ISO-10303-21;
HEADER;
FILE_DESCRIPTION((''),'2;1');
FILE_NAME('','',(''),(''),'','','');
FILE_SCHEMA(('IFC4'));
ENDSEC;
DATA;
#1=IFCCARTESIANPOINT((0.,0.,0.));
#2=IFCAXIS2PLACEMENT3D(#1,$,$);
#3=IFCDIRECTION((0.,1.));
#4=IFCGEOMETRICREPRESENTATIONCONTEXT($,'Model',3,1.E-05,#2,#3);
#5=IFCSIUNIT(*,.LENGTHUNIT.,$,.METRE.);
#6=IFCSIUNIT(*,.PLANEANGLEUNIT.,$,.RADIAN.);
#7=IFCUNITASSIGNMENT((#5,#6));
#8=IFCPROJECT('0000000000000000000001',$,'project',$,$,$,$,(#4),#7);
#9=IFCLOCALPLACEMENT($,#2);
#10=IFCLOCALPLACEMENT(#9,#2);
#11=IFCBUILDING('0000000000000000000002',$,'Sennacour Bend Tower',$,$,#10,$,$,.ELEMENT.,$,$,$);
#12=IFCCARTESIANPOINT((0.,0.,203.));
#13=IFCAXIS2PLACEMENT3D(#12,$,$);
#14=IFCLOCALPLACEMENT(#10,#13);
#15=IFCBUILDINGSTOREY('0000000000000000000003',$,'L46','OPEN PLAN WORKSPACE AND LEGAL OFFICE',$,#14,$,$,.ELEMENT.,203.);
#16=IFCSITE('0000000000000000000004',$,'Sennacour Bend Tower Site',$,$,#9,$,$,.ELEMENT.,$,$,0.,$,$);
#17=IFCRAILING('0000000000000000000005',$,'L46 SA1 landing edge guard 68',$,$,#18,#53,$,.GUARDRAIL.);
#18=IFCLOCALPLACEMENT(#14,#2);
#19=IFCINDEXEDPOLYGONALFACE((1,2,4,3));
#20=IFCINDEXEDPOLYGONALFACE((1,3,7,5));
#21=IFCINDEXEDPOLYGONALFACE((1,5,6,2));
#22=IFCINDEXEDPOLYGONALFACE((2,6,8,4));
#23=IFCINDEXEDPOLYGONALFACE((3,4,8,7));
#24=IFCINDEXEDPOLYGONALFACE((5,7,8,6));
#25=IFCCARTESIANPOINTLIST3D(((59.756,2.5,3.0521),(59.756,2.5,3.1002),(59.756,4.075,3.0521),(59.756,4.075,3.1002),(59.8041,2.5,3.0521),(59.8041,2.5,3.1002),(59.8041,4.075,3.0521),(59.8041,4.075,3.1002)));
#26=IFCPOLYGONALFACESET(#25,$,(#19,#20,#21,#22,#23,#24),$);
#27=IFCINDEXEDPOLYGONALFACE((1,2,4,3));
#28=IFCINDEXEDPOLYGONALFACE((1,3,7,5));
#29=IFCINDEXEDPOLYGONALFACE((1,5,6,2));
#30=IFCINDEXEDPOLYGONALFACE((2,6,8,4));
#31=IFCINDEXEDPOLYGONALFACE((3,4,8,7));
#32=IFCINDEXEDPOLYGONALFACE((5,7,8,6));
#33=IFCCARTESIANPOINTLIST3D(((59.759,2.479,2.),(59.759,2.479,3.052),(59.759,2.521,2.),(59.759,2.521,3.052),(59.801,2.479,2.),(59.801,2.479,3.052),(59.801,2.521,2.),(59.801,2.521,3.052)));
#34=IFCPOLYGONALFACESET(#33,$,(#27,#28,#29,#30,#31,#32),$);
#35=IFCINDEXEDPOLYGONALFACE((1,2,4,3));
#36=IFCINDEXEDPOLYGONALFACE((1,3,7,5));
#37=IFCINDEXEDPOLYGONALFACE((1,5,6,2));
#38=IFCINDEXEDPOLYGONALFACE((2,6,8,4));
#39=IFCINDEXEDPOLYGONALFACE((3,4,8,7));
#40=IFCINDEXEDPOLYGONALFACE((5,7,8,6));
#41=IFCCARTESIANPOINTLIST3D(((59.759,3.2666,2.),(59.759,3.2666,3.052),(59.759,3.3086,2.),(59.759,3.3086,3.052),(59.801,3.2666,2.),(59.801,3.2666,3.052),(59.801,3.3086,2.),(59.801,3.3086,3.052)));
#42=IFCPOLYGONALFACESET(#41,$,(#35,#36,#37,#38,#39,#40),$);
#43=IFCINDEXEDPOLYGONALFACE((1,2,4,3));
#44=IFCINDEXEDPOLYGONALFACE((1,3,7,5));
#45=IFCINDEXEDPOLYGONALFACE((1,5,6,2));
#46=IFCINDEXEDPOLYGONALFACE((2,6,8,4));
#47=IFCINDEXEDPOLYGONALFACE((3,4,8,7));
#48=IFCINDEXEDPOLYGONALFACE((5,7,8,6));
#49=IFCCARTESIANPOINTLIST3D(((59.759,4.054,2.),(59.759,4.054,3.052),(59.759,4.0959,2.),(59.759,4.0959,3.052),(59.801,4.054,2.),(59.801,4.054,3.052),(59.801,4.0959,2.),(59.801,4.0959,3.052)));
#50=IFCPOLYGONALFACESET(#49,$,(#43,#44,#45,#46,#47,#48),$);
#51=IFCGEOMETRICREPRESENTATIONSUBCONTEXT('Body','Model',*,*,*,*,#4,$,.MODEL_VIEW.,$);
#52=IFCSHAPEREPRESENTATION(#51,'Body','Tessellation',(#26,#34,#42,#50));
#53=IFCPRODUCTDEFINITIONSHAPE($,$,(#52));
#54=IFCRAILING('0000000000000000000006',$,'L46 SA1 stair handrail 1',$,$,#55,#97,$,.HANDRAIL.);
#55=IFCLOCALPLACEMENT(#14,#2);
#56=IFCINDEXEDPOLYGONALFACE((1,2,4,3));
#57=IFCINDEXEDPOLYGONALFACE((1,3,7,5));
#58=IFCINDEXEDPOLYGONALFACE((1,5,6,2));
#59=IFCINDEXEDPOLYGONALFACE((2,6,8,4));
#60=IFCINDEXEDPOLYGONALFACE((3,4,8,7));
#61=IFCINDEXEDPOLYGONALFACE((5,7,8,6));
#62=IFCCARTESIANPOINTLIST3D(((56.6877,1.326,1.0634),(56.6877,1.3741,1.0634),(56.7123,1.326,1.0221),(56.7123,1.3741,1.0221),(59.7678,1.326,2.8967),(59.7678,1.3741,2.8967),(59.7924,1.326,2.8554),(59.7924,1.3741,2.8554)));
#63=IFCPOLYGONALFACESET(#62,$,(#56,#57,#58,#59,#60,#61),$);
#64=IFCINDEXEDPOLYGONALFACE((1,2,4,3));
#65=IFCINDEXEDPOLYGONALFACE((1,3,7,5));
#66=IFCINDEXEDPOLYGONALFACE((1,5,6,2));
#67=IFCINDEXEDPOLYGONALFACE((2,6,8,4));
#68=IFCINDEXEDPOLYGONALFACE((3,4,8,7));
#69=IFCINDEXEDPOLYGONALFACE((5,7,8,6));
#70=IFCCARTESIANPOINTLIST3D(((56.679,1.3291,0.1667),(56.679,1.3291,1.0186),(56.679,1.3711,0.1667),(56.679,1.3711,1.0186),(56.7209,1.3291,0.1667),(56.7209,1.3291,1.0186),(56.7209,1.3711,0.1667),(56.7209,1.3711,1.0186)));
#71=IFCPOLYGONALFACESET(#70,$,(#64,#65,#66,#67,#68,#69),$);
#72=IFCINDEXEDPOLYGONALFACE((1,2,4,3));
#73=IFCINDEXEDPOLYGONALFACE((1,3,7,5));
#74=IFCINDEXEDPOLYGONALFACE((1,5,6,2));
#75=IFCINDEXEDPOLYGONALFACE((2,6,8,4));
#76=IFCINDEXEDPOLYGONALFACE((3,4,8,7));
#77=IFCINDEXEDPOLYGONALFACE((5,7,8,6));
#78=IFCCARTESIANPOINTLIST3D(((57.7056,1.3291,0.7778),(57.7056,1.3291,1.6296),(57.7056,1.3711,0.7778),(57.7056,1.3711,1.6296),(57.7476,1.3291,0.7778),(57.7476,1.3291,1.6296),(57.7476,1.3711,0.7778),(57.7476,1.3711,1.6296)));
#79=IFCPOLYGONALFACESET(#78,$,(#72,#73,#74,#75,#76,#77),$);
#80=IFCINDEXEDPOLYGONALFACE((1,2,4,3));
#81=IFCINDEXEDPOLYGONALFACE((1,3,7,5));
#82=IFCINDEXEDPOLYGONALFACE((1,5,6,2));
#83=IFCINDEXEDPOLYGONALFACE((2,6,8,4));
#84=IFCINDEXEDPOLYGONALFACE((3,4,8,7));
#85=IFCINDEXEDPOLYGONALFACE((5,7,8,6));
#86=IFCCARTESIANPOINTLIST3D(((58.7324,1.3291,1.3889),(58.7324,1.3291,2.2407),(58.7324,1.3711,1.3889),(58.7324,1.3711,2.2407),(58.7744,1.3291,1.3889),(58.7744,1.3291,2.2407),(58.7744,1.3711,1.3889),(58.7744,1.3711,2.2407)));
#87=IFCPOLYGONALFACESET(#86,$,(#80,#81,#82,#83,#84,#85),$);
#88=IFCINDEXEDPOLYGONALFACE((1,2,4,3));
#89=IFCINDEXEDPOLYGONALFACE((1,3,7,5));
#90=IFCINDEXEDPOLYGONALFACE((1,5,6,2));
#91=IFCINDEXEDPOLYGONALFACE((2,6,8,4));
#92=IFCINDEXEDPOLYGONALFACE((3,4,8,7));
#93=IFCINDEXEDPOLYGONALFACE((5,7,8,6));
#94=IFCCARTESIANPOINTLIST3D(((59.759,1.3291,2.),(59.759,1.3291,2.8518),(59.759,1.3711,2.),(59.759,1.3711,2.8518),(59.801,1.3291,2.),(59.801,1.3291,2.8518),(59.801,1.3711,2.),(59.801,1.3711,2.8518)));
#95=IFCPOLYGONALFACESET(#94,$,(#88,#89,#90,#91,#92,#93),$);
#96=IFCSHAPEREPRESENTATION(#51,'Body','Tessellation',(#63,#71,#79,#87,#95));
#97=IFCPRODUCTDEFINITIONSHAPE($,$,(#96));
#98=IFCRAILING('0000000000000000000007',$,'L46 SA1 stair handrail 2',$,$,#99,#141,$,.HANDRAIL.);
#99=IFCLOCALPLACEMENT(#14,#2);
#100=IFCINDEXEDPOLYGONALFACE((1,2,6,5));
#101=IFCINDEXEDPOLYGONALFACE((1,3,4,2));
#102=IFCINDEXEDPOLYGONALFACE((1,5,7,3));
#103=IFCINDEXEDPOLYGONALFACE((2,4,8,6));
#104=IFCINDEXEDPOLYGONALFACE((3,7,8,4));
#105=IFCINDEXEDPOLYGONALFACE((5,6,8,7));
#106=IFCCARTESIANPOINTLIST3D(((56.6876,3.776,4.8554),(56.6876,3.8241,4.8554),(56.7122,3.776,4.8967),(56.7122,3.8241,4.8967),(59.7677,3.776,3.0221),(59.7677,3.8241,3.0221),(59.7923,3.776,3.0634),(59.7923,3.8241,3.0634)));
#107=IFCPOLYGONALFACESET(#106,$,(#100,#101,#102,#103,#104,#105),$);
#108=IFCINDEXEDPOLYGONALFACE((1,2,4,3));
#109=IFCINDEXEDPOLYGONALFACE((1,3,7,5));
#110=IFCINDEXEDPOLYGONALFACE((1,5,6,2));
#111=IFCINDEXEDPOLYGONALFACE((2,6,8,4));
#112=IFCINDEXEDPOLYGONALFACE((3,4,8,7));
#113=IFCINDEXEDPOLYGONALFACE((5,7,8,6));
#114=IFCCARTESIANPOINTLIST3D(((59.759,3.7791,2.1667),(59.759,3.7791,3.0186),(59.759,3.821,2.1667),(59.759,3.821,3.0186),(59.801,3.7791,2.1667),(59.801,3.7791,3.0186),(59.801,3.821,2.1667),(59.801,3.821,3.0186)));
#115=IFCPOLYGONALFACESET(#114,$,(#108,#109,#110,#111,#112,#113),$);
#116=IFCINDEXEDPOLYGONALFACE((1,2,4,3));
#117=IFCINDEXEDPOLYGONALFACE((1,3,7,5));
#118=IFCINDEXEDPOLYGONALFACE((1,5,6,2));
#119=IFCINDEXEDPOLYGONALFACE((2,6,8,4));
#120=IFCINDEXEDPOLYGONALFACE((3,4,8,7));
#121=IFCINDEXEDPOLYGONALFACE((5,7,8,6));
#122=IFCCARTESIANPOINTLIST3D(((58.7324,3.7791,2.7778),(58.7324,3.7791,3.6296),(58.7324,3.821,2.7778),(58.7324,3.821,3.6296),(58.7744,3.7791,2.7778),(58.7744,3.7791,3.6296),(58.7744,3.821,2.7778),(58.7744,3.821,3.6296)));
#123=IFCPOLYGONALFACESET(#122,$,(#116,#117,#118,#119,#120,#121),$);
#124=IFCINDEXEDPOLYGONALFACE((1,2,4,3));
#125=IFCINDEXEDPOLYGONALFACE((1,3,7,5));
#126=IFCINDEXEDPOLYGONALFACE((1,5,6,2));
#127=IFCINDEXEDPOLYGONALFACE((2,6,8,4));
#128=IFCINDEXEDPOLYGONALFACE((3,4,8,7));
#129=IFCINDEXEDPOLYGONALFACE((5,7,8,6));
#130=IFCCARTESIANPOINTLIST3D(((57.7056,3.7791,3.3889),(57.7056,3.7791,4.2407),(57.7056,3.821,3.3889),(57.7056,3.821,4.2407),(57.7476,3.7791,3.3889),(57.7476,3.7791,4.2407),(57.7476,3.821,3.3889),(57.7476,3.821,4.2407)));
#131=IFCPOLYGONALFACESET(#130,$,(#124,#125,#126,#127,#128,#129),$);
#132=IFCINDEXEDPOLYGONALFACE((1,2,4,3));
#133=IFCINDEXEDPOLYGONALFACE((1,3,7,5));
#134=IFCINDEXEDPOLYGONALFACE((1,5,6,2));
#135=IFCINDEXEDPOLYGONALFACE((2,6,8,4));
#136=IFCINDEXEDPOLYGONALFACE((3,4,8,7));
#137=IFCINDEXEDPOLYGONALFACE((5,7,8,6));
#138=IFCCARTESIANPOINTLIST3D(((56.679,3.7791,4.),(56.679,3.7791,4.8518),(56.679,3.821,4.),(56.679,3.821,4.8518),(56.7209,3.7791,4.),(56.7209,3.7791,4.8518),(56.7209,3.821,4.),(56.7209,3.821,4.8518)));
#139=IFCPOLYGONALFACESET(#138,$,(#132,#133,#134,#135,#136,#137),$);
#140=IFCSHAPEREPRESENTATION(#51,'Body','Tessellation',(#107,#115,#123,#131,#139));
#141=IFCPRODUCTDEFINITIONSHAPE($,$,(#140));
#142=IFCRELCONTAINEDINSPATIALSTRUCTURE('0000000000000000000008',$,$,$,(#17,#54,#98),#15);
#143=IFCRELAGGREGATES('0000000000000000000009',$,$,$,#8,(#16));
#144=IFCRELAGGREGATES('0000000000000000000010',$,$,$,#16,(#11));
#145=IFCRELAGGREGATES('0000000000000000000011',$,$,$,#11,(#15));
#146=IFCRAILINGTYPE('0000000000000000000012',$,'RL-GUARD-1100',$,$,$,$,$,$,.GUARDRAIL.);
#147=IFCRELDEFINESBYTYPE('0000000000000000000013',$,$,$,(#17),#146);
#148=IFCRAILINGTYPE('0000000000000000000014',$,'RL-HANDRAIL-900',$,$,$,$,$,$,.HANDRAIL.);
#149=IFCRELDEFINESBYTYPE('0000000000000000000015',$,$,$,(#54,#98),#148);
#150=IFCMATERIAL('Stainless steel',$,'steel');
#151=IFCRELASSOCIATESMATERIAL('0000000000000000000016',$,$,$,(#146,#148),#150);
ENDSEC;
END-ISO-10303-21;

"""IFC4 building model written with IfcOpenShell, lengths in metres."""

from ifc_helpers import new_model, si_unit, direction, frame, origin, origin_2d, place, context, subcontext, project, spatial, rectangle, extrude, material, type_object, element, save


model = new_model("IFC4")

# Units and contexts
model_context = context("Model", 3, precision=1e-05, world=origin(), true_north=direction((0.0, 1.0)))
body_context = subcontext(model_context, "Body", "Model", "MODEL_VIEW")
ifc_project = project(units=[si_unit("LENGTHUNIT", "METRE"), si_unit("PLANEANGLEUNIT", "RADIAN")], contexts=[model_context])

# Site, building, storey
site_placement = place(None, origin())
site = spatial("IfcSite", under=ifc_project, at=site_placement, Name="Sennacour Bend Tower Site", CompositionType="ELEMENT", RefElevation=0.0)
building_placement = place(site_placement, origin())
building = spatial("IfcBuilding", under=site, at=building_placement, Name="Sennacour Bend Tower", CompositionType="ELEMENT")
storey_placement = place(building_placement, frame((0.0, 0.0, 203.0)))
storey = spatial("IfcBuildingStorey", under=building, at=storey_placement, Name="L46", Description="OPEN PLAN WORKSPACE AND LEGAL OFFICE", CompositionType="ELEMENT", Elevation=203.0)

# Shared definitions
ifc_material_1 = material(Name="Stainless steel", Category="steel")

# Railings
railing_type_1 = type_object("IfcRailingType", Name="RL-GUARD-1100", PredefinedType="GUARDRAIL", material=ifc_material_1)
railing_1_placement = place(storey_placement, frame((59.78, 2.5, 2.0)))
element("IfcRailing", 1, at=railing_1_placement, inside=storey, type_object=railing_type_1, Name="L46 SA1 landing edge guard 68", PredefinedType="GUARDRAIL", context=body_context, shape_type="SweptSolid", body=[
    extrude(rectangle(XDim=0.0481, YDim=0.0481, at=origin_2d()), frame((0.0, 0.0, 1.0762), z_axis=(0.0, 1.0, 0.0), x_axis=(-1.0, 0.0, 0.0)), (0.0, 0.0, 1.0), 1.575),
    extrude(rectangle(XDim=0.042, YDim=0.042, at=origin_2d()), origin(), (0.0, 0.0, 1.0), 1.052),
    extrude(rectangle(XDim=0.042, YDim=0.042, at=origin_2d()), frame((0.0, 0.7876, 0.0)), (0.0, 0.0, 1.0), 1.052),
    extrude(rectangle(XDim=0.042, YDim=0.042, at=origin_2d()), frame((0.0, 1.575, 0.0)), (0.0, 0.0, 1.0), 1.052),
])
railing_type_2 = type_object("IfcRailingType", Name="RL-HANDRAIL-900", PredefinedType="HANDRAIL", material=ifc_material_1)
railing_2_placement = place(storey_placement, frame((56.7, 1.3501, 0.1667)))
element("IfcRailing", 2, at=railing_2_placement, inside=storey, type_object=railing_type_2, Name="L46 SA1 stair handrail 1", PredefinedType="HANDRAIL", context=body_context, shape_type="SweptSolid", body=[
    extrude(rectangle(XDim=0.0481, YDim=0.0481, at=origin_2d()), frame((0.0, 0.0, 0.876), z_axis=(0.859309, 0.0, 0.511458), x_axis=(0.0, 1.0, 0.0)), (0.0, 0.0, 1.0), 3.5845),
    extrude(rectangle(XDim=0.042, YDim=0.042, at=origin_2d()), origin(), (0.0, 0.0, 1.0), 0.8518),
    extrude(rectangle(XDim=0.042, YDim=0.042, at=origin_2d()), frame((1.0266, 0.0, 0.6111)), (0.0, 0.0, 1.0), 0.8518),
    extrude(rectangle(XDim=0.042, YDim=0.042, at=origin_2d()), frame((2.0535, 0.0, 1.2222)), (0.0, 0.0, 1.0), 0.8518),
    extrude(rectangle(XDim=0.042, YDim=0.042, at=origin_2d()), frame((3.0801, 0.0, 1.8333)), (0.0, 0.0, 1.0), 0.8518),
])
railing_3_placement = place(storey_placement, frame((59.78, 3.8, 2.1667)))
element("IfcRailing", 3, at=railing_3_placement, inside=storey, type_object=railing_type_2, Name="L46 SA1 stair handrail 2", PredefinedType="HANDRAIL", context=body_context, shape_type="SweptSolid", body=[
    extrude(rectangle(XDim=0.0481, YDim=0.0481, at=origin_2d()), frame((0.0, 0.0, 0.876), z_axis=(-0.859309, 0.0, 0.511458), x_axis=(0.0, -1.0, 0.0)), (0.0, 0.0, 1.0), 3.5845),
    extrude(rectangle(XDim=0.042, YDim=0.042, at=origin_2d()), origin(), (0.0, 0.0, 1.0), 0.8518),
    extrude(rectangle(XDim=0.042, YDim=0.042, at=origin_2d()), frame((-1.0266, 0.0, 0.6111)), (0.0, 0.0, 1.0), 0.8518),
    extrude(rectangle(XDim=0.042, YDim=0.042, at=origin_2d()), frame((-2.0535, 0.0, 1.2222)), (0.0, 0.0, 1.0), 0.8518),
    extrude(rectangle(XDim=0.042, YDim=0.042, at=origin_2d()), frame((-3.0801, 0.0, 1.8333)), (0.0, 0.0, 1.0), 0.8518),
])

save(model, "model.ifc")
